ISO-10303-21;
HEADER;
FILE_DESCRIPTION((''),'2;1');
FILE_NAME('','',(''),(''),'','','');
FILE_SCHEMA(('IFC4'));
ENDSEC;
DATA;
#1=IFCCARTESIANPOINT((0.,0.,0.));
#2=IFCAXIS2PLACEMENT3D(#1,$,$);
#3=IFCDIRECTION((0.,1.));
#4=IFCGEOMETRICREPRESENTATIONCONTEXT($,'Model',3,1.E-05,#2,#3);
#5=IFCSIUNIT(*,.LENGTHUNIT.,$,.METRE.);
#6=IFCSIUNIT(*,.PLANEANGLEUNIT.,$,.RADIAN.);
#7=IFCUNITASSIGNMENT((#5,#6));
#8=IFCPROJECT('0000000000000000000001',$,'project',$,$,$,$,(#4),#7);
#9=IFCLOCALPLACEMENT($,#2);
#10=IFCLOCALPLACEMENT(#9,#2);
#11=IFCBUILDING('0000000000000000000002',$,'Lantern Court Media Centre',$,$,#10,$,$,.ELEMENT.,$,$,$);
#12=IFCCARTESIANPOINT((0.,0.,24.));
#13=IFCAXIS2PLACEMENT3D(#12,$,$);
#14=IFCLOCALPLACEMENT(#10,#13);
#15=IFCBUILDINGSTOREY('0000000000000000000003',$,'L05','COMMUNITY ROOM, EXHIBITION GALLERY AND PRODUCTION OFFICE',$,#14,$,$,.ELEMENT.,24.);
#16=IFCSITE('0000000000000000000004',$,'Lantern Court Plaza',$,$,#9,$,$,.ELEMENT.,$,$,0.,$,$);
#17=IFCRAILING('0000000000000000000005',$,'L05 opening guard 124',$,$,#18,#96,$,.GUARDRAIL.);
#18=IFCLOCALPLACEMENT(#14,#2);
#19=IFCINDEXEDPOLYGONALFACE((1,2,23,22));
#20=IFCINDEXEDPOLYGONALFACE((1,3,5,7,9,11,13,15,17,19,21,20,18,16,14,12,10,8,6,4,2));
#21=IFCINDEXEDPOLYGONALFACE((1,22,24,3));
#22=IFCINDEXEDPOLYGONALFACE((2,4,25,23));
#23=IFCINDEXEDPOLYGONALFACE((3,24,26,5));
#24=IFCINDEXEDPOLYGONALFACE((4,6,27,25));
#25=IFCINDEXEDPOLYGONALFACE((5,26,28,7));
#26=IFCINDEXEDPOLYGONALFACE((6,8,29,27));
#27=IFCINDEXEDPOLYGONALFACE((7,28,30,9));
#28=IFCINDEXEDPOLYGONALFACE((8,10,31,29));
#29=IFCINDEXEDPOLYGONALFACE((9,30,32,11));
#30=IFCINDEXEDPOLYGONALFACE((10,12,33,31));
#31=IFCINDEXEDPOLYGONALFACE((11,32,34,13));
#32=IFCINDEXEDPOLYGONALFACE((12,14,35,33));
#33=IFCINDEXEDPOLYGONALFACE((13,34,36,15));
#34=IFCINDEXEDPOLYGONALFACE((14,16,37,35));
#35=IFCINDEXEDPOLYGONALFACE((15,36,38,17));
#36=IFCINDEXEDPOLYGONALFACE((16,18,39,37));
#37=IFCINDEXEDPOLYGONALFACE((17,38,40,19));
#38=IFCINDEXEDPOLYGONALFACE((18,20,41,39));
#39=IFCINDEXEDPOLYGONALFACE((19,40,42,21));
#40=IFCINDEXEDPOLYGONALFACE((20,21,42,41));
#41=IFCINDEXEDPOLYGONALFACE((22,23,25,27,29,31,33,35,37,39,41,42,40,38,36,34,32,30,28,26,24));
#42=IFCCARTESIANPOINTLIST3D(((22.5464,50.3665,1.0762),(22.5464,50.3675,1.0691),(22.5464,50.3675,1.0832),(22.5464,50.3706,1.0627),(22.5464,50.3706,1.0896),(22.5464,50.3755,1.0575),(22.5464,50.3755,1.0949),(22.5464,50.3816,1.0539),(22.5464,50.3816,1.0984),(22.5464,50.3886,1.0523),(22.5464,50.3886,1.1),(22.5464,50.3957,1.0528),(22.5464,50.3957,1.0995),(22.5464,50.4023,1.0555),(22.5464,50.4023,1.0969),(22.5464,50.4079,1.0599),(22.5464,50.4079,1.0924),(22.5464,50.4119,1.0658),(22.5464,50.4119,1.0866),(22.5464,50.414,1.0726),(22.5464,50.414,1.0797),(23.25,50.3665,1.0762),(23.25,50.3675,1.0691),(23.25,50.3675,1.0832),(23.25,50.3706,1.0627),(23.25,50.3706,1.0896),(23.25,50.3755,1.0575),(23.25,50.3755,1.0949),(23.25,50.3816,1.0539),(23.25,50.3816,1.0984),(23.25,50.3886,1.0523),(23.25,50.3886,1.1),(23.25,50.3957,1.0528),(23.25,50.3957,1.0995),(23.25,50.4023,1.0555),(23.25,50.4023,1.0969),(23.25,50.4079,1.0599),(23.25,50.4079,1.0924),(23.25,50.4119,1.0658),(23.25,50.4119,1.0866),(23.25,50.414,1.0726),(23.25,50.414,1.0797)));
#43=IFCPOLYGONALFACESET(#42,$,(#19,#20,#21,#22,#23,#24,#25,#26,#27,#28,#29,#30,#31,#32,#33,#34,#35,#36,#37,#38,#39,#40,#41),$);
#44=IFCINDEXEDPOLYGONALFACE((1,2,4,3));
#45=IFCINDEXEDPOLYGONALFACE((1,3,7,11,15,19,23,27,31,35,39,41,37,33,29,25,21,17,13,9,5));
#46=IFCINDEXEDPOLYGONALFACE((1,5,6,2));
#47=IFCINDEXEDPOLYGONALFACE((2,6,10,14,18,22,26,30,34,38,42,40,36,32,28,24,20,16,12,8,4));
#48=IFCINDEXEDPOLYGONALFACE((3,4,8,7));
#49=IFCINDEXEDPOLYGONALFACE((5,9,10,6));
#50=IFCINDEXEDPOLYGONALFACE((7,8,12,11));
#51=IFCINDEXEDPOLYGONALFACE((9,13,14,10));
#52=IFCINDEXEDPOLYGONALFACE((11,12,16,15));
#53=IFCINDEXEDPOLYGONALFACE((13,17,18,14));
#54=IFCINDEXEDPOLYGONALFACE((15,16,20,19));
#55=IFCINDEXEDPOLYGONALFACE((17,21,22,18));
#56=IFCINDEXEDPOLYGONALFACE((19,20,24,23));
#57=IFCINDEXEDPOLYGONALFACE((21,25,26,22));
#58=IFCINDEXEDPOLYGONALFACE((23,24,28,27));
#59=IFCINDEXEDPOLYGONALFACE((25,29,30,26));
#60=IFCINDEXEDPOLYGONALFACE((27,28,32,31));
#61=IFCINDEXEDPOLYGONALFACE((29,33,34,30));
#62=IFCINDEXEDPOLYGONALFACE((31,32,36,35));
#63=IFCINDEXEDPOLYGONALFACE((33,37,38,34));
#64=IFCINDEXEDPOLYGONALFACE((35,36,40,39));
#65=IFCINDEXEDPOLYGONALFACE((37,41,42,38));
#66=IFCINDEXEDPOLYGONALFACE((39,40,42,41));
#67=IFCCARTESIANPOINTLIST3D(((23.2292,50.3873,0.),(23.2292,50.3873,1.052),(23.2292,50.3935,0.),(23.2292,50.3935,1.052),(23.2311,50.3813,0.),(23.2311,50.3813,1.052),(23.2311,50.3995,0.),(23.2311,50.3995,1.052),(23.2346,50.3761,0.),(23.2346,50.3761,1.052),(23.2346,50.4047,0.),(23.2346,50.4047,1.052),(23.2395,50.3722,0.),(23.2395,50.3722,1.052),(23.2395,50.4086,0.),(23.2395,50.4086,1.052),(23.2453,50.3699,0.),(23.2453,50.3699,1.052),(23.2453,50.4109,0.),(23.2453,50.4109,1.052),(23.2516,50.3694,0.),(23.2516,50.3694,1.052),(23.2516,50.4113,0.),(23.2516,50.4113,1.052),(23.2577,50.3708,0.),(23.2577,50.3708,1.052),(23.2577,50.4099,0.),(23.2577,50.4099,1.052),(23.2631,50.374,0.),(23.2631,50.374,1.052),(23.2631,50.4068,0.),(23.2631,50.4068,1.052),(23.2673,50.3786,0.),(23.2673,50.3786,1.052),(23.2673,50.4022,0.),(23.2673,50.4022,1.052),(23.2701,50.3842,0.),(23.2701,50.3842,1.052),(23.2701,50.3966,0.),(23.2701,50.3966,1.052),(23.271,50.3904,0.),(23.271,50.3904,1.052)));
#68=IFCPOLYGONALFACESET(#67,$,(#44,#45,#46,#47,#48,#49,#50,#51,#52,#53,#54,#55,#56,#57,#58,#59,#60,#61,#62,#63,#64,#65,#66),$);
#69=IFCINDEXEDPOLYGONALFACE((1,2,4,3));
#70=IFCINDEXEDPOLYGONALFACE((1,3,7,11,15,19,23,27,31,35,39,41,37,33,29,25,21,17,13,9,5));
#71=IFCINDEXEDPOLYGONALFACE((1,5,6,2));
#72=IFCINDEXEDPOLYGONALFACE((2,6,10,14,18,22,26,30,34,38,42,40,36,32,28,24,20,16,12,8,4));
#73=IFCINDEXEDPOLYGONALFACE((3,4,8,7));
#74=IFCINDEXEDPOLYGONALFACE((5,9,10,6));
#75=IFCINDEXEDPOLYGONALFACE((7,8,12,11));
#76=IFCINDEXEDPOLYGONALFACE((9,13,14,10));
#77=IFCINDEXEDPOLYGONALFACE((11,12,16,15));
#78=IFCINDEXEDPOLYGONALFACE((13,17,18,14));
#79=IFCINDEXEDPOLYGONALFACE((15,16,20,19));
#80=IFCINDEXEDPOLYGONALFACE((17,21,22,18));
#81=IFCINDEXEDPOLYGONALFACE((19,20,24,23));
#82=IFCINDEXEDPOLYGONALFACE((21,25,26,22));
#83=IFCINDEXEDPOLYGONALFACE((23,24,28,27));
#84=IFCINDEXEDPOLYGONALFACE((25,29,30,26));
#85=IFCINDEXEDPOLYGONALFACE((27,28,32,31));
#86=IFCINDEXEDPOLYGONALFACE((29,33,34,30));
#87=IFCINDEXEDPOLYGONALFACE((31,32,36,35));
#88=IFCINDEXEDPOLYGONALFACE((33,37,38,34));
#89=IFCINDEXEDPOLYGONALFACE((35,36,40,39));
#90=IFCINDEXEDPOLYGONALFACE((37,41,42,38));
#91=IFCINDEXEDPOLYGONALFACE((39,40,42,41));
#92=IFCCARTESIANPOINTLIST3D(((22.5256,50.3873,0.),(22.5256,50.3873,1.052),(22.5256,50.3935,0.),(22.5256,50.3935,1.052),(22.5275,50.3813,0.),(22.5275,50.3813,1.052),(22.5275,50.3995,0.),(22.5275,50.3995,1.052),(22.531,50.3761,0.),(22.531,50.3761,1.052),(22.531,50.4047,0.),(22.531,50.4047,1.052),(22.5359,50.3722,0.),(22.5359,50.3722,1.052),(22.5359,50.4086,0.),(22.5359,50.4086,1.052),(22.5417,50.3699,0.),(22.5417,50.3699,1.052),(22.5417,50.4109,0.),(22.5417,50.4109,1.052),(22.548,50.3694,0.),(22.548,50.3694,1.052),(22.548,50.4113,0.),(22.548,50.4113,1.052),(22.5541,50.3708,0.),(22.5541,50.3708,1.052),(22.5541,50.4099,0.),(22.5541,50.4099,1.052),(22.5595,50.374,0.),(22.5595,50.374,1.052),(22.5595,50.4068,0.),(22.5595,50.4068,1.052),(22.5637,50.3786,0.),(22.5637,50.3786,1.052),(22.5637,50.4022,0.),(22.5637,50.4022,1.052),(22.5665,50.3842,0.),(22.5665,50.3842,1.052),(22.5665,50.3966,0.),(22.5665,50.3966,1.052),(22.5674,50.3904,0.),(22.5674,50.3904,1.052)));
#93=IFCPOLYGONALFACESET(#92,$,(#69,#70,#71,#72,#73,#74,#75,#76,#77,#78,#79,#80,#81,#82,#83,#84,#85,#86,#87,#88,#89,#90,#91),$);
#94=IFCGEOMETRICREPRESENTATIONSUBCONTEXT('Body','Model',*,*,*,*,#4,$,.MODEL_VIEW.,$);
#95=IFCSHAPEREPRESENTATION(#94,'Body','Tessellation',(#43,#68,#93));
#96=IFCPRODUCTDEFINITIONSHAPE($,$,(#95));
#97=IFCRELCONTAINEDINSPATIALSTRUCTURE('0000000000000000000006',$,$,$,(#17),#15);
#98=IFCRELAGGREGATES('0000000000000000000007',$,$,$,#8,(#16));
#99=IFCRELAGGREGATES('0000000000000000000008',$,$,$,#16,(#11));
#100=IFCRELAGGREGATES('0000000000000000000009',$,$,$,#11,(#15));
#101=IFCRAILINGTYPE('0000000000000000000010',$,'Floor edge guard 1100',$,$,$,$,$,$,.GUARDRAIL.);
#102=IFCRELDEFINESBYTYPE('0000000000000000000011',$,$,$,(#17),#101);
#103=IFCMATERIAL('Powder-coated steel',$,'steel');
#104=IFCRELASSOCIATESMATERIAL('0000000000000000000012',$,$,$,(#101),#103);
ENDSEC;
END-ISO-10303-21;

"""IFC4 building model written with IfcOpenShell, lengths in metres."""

from ifc_helpers import new_model, si_unit, direction, frame, origin, origin_2d, place, context, subcontext, project, spatial, circle, extrude, material, type_object, element, save


model = new_model("IFC4")

# Units and contexts
model_context = context("Model", 3, precision=1e-05, world=origin(), true_north=direction((0.0, 1.0)))
body_context = subcontext(model_context, "Body", "Model", "MODEL_VIEW")
ifc_project = project(units=[si_unit("LENGTHUNIT", "METRE"), si_unit("PLANEANGLEUNIT", "RADIAN")], contexts=[model_context])

# Site, building, storey
site_placement = place(None, origin())
site = spatial("IfcSite", under=ifc_project, at=site_placement, Name="Lantern Court Plaza", CompositionType="ELEMENT", RefElevation=0.0)
building_placement = place(site_placement, origin())
building = spatial("IfcBuilding", under=site, at=building_placement, Name="Lantern Court Media Centre", CompositionType="ELEMENT")
storey_placement = place(building_placement, frame((0.0, 0.0, 24.0)))
storey = spatial("IfcBuildingStorey", under=building, at=storey_placement, Name="L05", Description="COMMUNITY ROOM, EXHIBITION GALLERY AND PRODUCTION OFFICE", CompositionType="ELEMENT", Elevation=24.0)

# Railing
ifc_material_1 = material(Name="Powder-coated steel", Category="steel")
railing_type_1 = type_object("IfcRailingType", Name="Floor edge guard 1100", PredefinedType="GUARDRAIL", material=ifc_material_1)
railing_1_placement = place(storey_placement, frame((23.25, 50.3904, 0.0)))
element("IfcRailing", 1, at=railing_1_placement, inside=storey, type_object=railing_type_1, Name="L05 opening guard 124", PredefinedType="GUARDRAIL", context=body_context, shape_type="SweptSolid", body=[
    extrude(circle(Radius=0.0239, at=origin_2d()), frame((0.0, 0.0, 1.0762), z_axis=(-1.0, 0.0, 0.0), x_axis=(0.0, -1.0, 0.0)), (0.0, 0.0, 1.0), 0.7036),
    extrude(circle(Radius=0.021, at=origin_2d()), origin(), (0.0, 0.0, 1.0), 1.052),
    extrude(circle(Radius=0.021, at=origin_2d()), frame((-0.7036, 0.0, 0.0)), (0.0, 0.0, 1.0), 1.052),
])

save(model, "model.ifc")
